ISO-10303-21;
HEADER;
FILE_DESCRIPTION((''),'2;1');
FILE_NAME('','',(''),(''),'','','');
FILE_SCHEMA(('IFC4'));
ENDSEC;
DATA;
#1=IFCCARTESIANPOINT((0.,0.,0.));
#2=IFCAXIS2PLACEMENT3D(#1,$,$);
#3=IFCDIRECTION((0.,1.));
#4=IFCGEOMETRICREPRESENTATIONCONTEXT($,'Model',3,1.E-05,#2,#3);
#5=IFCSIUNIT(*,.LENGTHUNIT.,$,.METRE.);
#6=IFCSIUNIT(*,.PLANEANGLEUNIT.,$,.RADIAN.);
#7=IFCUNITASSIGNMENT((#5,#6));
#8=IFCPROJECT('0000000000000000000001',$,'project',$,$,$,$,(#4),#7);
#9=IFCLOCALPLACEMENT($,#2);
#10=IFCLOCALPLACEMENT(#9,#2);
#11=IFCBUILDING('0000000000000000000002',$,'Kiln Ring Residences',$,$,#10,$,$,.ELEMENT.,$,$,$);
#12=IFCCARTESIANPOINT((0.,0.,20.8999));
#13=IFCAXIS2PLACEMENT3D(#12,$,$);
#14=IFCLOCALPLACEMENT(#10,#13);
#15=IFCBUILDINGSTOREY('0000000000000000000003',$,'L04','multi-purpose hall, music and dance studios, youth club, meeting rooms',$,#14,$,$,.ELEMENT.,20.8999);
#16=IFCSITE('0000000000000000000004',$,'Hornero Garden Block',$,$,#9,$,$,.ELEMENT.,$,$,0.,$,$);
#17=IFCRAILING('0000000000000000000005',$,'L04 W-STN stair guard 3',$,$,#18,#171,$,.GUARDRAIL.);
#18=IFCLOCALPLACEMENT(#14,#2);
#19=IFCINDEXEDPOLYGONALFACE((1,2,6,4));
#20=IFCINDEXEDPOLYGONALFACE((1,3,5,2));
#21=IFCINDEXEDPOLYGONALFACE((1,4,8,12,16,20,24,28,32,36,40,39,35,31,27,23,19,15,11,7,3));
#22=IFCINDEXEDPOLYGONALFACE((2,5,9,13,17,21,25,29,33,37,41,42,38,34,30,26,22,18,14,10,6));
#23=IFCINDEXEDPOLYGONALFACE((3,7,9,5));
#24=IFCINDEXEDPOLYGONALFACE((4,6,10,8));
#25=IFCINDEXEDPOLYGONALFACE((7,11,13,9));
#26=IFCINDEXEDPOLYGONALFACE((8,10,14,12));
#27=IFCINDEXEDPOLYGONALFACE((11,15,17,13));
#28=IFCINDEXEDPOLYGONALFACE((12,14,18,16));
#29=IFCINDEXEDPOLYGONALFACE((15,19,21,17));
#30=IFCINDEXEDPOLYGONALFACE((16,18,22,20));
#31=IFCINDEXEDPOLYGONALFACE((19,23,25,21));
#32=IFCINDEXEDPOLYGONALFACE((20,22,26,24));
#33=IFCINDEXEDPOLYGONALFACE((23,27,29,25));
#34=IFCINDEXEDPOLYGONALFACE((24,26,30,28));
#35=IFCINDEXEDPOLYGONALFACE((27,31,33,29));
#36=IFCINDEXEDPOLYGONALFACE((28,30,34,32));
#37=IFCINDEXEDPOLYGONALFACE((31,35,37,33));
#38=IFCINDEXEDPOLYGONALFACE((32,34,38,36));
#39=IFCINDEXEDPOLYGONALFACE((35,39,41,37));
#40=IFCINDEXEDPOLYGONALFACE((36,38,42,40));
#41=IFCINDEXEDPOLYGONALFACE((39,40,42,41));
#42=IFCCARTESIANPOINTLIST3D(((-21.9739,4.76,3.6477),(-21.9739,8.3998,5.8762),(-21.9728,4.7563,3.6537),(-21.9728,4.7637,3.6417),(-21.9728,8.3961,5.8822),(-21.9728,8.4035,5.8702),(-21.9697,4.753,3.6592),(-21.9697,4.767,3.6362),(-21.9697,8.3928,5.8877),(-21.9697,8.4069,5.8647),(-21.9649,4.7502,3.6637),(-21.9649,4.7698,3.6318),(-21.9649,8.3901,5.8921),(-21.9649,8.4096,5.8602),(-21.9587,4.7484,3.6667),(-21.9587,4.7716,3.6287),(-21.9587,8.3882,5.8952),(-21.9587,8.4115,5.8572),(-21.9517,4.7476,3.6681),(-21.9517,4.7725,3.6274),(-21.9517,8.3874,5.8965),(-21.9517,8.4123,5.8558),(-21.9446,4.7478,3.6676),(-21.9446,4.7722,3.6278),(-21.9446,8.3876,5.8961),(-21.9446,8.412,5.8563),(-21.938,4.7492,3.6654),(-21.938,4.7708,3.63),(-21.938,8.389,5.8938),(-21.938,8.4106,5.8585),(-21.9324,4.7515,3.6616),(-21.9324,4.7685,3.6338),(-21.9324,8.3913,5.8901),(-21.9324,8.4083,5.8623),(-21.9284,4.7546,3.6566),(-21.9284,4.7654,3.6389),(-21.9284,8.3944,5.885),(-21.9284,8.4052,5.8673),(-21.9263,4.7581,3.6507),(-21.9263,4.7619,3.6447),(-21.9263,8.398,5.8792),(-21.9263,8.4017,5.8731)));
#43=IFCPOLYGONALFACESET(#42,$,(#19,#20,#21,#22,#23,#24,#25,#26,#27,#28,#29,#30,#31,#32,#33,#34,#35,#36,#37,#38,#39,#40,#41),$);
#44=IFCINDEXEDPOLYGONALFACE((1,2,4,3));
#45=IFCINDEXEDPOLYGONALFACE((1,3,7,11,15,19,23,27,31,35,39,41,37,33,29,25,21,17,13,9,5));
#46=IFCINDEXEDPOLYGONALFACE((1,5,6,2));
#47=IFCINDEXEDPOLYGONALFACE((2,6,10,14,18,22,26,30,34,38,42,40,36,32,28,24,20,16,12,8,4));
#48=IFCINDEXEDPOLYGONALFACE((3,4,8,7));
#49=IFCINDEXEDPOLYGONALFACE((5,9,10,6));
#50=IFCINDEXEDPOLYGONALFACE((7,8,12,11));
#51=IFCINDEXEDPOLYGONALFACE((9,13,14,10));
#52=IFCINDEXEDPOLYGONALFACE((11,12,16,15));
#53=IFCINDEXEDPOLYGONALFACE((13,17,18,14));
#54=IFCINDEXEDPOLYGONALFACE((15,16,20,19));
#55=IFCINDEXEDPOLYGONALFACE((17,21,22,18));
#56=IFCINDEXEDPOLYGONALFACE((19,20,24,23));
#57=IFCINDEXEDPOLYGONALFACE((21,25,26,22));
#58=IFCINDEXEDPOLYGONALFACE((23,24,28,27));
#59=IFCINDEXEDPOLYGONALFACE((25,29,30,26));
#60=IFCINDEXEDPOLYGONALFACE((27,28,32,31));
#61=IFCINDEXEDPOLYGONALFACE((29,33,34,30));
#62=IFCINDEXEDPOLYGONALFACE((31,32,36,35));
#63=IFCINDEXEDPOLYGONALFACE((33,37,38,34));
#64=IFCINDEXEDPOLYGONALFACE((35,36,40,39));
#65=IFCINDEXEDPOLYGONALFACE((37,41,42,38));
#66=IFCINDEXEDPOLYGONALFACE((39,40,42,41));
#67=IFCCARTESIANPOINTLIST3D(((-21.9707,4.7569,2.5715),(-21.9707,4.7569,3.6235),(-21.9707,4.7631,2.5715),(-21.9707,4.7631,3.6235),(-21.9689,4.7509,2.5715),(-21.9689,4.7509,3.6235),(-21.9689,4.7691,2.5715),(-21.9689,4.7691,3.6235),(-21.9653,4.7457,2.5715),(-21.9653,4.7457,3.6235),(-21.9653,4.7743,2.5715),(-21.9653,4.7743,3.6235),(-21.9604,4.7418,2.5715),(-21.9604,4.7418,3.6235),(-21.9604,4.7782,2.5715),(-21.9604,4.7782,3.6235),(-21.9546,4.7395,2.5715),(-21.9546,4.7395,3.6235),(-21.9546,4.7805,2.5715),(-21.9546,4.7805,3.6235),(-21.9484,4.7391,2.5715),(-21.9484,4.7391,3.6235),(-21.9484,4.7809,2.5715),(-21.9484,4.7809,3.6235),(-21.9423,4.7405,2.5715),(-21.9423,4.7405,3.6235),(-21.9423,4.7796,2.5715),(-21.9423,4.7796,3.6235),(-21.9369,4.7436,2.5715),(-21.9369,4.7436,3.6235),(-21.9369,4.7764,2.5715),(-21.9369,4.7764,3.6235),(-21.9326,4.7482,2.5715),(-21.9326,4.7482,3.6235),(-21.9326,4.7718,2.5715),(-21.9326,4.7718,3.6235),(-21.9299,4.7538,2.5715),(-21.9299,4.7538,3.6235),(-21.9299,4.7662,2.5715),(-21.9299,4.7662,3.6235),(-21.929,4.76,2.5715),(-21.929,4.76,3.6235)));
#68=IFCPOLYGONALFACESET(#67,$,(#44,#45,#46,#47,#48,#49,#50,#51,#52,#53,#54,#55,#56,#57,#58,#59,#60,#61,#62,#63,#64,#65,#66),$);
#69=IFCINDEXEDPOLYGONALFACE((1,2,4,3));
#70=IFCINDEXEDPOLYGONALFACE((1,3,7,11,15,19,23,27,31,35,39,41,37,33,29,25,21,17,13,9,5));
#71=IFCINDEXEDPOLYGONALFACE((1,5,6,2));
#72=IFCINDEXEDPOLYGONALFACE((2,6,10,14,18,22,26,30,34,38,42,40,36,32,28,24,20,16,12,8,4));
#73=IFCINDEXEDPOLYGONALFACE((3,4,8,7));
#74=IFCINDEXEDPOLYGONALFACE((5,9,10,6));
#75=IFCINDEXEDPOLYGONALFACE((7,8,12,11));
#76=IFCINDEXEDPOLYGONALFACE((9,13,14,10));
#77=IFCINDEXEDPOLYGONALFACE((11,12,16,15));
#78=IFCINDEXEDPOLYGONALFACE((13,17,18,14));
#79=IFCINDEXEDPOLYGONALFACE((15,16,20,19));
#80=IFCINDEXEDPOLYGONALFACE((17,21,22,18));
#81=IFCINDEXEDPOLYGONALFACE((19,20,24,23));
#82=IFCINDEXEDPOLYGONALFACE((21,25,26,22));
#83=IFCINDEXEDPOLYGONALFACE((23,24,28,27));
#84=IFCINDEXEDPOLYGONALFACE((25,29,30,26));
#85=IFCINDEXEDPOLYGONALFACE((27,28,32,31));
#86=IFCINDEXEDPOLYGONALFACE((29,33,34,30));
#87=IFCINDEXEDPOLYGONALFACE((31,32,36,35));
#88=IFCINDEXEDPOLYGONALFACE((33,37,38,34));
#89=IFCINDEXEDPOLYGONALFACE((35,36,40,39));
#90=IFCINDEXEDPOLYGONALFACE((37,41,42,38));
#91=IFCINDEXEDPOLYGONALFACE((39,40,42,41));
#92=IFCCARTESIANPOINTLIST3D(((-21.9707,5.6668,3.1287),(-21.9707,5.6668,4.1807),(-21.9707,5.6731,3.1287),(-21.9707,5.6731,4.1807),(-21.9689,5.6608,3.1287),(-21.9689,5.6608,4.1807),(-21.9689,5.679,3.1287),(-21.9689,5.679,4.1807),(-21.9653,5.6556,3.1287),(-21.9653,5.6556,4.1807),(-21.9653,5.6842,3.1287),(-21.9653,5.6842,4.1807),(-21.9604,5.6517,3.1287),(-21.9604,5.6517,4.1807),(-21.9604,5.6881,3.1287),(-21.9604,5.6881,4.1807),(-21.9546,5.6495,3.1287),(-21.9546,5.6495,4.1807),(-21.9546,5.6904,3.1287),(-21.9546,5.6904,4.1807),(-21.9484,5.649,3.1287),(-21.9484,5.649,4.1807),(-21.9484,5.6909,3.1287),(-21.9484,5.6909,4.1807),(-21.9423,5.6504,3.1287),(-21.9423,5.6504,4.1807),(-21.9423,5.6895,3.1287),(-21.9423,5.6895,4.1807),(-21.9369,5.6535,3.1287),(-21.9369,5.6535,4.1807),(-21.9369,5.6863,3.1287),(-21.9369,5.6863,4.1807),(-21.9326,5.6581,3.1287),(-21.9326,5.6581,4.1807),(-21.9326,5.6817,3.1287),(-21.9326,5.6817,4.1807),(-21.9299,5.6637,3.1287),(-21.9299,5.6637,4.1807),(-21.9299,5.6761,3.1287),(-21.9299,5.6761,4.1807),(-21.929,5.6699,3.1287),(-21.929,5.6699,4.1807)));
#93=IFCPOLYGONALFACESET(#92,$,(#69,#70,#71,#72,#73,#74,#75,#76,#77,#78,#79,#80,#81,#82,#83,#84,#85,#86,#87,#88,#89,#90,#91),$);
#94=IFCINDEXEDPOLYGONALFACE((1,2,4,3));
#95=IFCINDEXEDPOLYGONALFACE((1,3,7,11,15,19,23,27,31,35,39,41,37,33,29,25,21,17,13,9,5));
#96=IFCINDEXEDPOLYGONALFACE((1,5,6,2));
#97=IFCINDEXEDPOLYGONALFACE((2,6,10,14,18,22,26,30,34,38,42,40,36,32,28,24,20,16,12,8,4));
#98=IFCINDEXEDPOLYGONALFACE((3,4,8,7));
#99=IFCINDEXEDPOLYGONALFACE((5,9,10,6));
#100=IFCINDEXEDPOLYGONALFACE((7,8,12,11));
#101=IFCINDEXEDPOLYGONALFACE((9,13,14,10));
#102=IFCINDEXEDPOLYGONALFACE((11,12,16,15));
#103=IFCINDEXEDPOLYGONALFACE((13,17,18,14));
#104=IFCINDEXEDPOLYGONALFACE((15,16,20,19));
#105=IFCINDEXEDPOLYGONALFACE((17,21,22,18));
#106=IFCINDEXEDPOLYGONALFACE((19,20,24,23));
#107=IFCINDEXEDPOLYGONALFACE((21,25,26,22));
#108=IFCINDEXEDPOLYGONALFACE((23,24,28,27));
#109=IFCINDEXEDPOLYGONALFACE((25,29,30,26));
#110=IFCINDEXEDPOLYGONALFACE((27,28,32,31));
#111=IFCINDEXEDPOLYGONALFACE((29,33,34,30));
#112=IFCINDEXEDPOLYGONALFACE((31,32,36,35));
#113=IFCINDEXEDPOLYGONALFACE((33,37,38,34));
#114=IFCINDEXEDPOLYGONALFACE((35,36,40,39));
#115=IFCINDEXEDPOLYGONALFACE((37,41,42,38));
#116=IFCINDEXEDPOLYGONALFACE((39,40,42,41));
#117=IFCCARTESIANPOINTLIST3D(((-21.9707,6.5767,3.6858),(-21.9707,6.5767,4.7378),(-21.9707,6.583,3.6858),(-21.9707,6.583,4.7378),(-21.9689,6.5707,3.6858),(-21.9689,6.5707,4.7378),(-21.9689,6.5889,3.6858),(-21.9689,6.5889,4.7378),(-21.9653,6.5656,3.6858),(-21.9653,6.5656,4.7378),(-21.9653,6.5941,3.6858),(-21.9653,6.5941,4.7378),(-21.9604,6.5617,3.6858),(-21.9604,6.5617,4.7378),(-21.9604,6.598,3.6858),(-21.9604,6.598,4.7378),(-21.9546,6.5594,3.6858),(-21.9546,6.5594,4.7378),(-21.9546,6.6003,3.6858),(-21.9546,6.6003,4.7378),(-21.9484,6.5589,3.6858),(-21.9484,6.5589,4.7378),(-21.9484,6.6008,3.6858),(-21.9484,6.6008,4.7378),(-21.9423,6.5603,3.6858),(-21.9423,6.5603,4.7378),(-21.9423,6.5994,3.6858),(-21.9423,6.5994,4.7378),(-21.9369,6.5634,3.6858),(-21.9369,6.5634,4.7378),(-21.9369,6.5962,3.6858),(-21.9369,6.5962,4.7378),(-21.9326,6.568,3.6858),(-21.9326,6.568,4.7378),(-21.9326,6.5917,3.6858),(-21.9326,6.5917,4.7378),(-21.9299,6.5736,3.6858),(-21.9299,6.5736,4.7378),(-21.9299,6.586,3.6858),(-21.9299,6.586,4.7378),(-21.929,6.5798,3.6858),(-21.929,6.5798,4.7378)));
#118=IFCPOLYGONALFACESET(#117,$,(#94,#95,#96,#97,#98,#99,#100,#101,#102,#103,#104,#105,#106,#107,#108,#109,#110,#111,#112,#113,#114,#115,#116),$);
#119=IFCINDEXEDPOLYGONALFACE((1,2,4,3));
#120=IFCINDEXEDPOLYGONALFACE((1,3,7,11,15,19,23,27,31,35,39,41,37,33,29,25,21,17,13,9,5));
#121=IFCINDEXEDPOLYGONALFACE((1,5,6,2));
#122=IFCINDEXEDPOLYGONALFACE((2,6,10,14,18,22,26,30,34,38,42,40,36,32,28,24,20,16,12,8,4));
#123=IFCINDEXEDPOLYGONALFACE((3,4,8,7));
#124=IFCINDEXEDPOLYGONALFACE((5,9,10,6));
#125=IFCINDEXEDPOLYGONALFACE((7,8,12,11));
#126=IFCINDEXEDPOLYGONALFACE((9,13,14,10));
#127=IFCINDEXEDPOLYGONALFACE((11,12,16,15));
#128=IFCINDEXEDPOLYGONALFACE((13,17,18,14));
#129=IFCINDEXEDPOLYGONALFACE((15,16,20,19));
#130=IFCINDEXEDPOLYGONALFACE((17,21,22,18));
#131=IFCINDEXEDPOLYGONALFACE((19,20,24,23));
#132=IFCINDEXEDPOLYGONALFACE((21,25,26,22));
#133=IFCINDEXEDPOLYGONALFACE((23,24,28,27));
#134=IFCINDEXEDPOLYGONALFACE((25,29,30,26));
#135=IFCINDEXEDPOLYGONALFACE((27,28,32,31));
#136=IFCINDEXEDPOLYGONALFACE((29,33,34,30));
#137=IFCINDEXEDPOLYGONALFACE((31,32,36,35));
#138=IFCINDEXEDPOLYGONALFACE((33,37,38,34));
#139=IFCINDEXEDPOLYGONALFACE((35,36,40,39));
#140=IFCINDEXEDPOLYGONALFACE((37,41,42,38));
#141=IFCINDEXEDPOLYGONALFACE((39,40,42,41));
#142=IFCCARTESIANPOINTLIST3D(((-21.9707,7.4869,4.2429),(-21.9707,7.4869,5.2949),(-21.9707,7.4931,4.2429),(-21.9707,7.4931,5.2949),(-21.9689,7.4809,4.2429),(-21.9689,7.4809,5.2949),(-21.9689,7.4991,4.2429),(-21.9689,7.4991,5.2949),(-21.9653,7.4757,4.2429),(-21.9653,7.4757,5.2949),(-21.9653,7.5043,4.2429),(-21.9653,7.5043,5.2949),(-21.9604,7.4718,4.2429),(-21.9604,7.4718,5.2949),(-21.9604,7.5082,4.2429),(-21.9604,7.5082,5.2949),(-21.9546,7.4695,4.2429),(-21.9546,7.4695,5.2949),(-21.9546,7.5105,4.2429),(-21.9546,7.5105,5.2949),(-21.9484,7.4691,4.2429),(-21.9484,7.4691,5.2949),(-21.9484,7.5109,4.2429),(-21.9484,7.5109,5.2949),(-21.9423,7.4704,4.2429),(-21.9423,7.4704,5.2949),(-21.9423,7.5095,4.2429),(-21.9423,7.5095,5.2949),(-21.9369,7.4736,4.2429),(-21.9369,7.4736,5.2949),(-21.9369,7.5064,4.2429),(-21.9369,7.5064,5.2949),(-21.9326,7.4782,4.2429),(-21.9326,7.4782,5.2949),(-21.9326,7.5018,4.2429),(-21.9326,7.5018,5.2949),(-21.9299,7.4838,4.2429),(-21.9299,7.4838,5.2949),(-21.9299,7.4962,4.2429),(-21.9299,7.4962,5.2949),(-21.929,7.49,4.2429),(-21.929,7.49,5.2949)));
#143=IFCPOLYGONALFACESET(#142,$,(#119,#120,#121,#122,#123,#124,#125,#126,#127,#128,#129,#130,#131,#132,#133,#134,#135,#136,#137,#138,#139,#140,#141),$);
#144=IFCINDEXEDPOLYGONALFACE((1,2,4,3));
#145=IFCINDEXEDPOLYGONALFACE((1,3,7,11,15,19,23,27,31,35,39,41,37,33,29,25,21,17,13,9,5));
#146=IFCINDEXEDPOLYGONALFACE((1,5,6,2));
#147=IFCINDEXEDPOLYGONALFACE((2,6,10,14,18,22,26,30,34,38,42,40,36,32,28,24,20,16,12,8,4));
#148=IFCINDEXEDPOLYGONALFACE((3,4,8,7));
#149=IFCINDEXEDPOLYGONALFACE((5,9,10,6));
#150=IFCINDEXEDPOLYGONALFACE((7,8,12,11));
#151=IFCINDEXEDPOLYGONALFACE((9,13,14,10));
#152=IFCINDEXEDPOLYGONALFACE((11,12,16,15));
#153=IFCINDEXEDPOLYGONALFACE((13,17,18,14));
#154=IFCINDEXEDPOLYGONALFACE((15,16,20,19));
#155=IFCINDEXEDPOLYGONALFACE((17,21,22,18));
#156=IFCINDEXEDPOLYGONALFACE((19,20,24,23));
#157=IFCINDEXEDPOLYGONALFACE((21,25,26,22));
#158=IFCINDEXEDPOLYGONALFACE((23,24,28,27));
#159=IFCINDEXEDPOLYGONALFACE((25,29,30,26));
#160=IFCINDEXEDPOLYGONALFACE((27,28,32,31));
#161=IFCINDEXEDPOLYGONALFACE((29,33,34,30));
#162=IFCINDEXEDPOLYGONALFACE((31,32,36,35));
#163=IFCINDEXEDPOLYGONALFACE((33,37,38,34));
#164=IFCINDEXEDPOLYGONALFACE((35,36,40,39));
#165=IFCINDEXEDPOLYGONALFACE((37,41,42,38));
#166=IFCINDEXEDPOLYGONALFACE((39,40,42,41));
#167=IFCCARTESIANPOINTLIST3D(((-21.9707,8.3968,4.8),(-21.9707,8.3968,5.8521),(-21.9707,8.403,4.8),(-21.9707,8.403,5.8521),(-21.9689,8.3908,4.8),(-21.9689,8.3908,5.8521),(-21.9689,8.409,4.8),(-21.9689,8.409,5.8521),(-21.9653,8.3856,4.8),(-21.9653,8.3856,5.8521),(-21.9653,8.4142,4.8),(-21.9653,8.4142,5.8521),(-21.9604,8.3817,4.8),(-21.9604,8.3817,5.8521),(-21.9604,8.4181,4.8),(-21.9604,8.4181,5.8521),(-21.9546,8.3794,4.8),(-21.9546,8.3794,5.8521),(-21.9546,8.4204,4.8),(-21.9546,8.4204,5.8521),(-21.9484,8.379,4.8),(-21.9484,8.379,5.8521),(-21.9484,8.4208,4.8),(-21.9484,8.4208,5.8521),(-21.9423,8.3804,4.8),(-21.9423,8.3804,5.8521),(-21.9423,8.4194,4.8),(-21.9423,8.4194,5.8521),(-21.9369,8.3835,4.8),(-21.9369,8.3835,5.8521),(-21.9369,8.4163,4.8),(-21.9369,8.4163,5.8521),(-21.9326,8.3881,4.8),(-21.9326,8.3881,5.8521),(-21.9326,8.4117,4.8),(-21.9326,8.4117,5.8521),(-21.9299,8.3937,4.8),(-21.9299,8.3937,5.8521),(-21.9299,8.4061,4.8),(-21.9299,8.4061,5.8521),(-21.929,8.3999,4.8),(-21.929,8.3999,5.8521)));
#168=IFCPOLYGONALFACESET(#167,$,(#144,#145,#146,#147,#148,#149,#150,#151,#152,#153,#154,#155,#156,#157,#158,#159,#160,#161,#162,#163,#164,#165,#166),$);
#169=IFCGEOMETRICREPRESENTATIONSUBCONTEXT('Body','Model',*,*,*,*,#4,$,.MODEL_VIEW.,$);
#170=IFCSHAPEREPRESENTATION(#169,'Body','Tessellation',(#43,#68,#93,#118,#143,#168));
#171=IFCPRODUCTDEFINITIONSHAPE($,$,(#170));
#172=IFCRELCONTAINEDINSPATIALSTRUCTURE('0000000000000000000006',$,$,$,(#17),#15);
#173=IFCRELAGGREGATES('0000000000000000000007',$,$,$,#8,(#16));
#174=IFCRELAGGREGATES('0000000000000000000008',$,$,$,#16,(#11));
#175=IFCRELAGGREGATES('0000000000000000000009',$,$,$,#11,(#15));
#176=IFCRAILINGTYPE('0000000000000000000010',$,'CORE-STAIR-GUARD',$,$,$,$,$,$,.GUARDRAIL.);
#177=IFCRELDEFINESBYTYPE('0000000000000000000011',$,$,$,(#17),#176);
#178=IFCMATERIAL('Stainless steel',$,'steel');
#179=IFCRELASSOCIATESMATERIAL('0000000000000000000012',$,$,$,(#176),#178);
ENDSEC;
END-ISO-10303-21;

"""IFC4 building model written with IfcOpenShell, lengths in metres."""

from ifc_helpers import new_model, si_unit, direction, frame, origin, origin_2d, place, context, subcontext, project, spatial, circle, extrude, material, type_object, element, save


model = new_model("IFC4")

# Units and contexts
model_context = context("Model", 3, precision=1e-05, world=origin(), true_north=direction((0.0, 1.0)))
body_context = subcontext(model_context, "Body", "Model", "MODEL_VIEW")
ifc_project = project(units=[si_unit("LENGTHUNIT", "METRE"), si_unit("PLANEANGLEUNIT", "RADIAN")], contexts=[model_context])

# Site, building, storey
site_placement = place(None, origin())
site = spatial("IfcSite", under=ifc_project, at=site_placement, Name="Hornero Garden Block", CompositionType="ELEMENT", RefElevation=0.0)
building_placement = place(site_placement, origin())
building = spatial("IfcBuilding", under=site, at=building_placement, Name="Kiln Ring Residences", CompositionType="ELEMENT")
storey_placement = place(building_placement, frame((0.0, 0.0, 20.8999)))
storey = spatial("IfcBuildingStorey", under=building, at=storey_placement, Name="L04", Description="multi-purpose hall, music and dance studios, youth club, meeting rooms", CompositionType="ELEMENT", Elevation=20.8999)

# Railing
ifc_material_1 = material(Name="Stainless steel", Category="steel")
railing_type_1 = type_object("IfcRailingType", Name="CORE-STAIR-GUARD", PredefinedType="GUARDRAIL", material=ifc_material_1)
railing_1_placement = place(storey_placement, frame((-21.95, 4.76, 2.5715)))
element("IfcRailing", 1, at=railing_1_placement, inside=storey, type_object=railing_type_1, Name="L04 W-STN stair guard 3", PredefinedType="GUARDRAIL", context=body_context, shape_type="SweptSolid", body=[
    extrude(circle(Radius=0.0239, at=origin_2d()), frame((0.0, 0.0, 1.0762), z_axis=(0.0, 0.85285, 0.522156), x_axis=(-1.0, 0.0, 0.0)), (0.0, 0.0, 1.0), 4.2678),
    extrude(circle(Radius=0.021, at=origin_2d()), origin(), (0.0, 0.0, 1.0), 1.052),
    extrude(circle(Radius=0.021, at=origin_2d()), frame((0.0, 0.9099, 0.5571)), (0.0, 0.0, 1.0), 1.052),
    extrude(circle(Radius=0.021, at=origin_2d()), frame((0.0, 1.8198, 1.1143)), (0.0, 0.0, 1.0), 1.052),
    extrude(circle(Radius=0.021, at=origin_2d()), frame((0.0, 2.73, 1.6714)), (0.0, 0.0, 1.0), 1.052),
    extrude(circle(Radius=0.021, at=origin_2d()), frame((0.0, 3.6399, 2.2285)), (0.0, 0.0, 1.0), 1.052),
])

save(model, "model.ifc")
